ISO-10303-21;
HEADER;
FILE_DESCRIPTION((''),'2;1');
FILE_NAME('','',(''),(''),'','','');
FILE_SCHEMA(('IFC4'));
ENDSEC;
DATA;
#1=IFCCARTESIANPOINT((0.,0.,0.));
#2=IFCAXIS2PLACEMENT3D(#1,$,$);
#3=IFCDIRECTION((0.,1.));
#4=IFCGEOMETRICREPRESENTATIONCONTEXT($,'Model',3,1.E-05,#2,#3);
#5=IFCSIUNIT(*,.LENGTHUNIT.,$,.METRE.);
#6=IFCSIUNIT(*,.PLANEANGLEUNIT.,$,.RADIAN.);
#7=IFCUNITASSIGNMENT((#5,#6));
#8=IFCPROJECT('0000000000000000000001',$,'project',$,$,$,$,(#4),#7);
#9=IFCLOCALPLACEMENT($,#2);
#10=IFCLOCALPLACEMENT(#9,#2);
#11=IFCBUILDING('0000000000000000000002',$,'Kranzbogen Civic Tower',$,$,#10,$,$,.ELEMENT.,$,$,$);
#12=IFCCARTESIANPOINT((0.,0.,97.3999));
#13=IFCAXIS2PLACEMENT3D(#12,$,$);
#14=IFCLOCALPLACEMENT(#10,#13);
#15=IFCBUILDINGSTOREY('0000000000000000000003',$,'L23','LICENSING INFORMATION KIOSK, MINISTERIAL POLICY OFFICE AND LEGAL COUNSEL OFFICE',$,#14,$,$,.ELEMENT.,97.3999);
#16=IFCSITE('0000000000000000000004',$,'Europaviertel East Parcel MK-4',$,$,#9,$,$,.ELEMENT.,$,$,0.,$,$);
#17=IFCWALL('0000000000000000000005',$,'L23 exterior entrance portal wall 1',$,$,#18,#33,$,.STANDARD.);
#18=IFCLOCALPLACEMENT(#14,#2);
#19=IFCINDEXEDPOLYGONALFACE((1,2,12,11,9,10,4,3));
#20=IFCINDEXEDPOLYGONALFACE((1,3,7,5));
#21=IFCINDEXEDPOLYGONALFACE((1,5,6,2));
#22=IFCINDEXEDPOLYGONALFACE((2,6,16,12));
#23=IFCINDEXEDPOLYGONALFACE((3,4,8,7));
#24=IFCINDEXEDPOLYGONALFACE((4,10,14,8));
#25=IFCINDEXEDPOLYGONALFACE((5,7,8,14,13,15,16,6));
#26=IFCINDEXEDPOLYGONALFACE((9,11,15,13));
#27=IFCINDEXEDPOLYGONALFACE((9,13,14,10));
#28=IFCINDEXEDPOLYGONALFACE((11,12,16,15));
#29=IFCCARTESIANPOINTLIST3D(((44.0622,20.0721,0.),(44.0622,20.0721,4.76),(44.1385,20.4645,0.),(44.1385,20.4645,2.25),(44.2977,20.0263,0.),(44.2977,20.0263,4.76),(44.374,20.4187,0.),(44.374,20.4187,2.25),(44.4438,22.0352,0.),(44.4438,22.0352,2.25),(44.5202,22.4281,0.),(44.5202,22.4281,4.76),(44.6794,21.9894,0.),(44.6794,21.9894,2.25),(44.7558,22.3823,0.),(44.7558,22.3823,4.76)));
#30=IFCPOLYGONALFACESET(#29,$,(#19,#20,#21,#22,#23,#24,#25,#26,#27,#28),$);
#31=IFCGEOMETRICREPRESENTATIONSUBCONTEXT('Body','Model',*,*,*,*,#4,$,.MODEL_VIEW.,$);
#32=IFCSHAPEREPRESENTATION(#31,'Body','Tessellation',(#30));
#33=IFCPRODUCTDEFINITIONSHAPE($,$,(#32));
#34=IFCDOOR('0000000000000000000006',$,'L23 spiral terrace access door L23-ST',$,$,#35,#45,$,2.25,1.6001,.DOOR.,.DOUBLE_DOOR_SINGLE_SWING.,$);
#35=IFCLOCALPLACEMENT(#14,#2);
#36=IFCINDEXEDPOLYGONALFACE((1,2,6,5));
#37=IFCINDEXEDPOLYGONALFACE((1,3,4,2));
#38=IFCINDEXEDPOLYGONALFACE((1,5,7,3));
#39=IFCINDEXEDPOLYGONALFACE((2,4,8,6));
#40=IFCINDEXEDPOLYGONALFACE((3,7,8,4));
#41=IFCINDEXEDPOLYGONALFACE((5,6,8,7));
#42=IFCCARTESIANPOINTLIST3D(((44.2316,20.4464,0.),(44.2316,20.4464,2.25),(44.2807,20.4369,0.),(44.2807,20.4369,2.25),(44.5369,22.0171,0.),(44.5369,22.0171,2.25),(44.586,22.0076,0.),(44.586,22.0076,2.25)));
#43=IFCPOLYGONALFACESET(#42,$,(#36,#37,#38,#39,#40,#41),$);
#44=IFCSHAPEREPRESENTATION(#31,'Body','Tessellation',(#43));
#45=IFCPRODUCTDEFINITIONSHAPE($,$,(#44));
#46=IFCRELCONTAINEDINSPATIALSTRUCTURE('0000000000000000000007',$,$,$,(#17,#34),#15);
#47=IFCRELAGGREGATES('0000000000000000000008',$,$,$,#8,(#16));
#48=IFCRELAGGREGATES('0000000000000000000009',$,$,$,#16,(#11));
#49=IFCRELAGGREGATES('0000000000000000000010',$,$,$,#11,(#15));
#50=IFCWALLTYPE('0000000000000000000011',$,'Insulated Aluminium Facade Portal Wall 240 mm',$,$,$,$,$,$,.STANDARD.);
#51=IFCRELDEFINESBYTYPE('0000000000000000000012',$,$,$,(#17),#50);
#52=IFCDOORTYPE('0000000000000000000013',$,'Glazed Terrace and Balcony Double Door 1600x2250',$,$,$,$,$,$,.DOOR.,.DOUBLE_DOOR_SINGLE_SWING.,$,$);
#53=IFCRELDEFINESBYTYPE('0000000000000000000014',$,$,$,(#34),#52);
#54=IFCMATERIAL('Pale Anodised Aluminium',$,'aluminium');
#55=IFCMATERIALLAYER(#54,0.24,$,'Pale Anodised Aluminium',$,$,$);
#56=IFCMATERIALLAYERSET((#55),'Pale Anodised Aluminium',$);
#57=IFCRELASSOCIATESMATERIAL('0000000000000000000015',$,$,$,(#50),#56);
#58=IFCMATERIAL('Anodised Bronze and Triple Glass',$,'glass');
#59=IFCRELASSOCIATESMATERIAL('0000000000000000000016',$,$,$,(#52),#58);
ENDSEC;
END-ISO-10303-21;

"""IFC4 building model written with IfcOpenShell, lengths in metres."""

from ifc_helpers import new_model, si_unit, direction, frame, frame_2d, origin, place, context, subcontext, project, spatial, rectangle, extrude, material, layer, layer_set, type_object, element, fill, save


model = new_model("IFC4")

# Units and contexts
model_context = context("Model", 3, precision=1e-05, world=origin(), true_north=direction((0.0, 1.0)))
body_context = subcontext(model_context, "Body", "Model", "MODEL_VIEW")
ifc_project = project(units=[si_unit("LENGTHUNIT", "METRE"), si_unit("PLANEANGLEUNIT", "RADIAN")], contexts=[model_context])

# Site, building, storey
site_placement = place(None, origin())
site = spatial("IfcSite", under=ifc_project, at=site_placement, Name="Europaviertel East Parcel MK-4", CompositionType="ELEMENT", RefElevation=0.0)
building_placement = place(site_placement, origin())
building = spatial("IfcBuilding", under=site, at=building_placement, Name="Kranzbogen Civic Tower", CompositionType="ELEMENT")
storey_placement = place(building_placement, frame((0.0, 0.0, 97.3999)))
storey = spatial("IfcBuildingStorey", under=building, at=storey_placement, Name="L23", Description="LICENSING INFORMATION KIOSK, MINISTERIAL POLICY OFFICE AND LEGAL COUNSEL OFFICE", CompositionType="ELEMENT", Elevation=97.3999)

# Shared definitions
ifc_material_1 = material(Name="Pale Anodised Aluminium", Category="aluminium")

# Wall, opening, door
ifc_layer_1 = layer(ifc_material_1, 0.24, Name="Pale Anodised Aluminium")
ifc_layer_set_1 = layer_set([ifc_layer_1], Name="Pale Anodised Aluminium")
wall_type_1 = type_object("IfcWallType", Name="Insulated Aluminium Facade Portal Wall 240 mm", PredefinedType="STANDARD", material=ifc_layer_set_1)
wall_1_placement = place(storey_placement, frame((44.1799, 20.0491, 0.0), z_axis=(0.0, 0.0, 1.0), x_axis=(0.190832, 0.981623, 0.0)))
wall_1 = element("IfcWall", 1, at=wall_1_placement, inside=storey, type_object=wall_type_1, Name="L23 exterior entrance portal wall 1", PredefinedType="STANDARD", context=body_context, shape_type="SweptSolid", body=[
    extrude(rectangle(XDim=2.4001, YDim=0.24, at=frame_2d((1.2002, 0.0))), origin(), (0.0, 0.0, 1.0), 4.76),
])
opening_placement = place(wall_1_placement, frame((0.3999, 0.0, 0.0)))
opening = element("IfcOpeningElement", 2, at=opening_placement, cuts=wall_1, PredefinedType="OPENING", context=body_context, shape_type="SweptSolid", body=[
    extrude(rectangle(XDim=1.6001, YDim=2.25, at=frame_2d((0.8, 1.125))), frame((0.0, 0.1299, 0.0), z_axis=(0.0, -1.0, 0.0), x_axis=(1.0, 0.0, 0.0)), (0.0, 0.0, 1.0), 0.26),
])
ifc_material_2 = material(Name="Anodised Bronze and Triple Glass", Category="glass")
door_type = type_object("IfcDoorType", Name="Glazed Terrace and Balcony Double Door 1600x2250", OperationType="DOUBLE_DOOR_SINGLE_SWING", PredefinedType="DOOR", material=ifc_material_2)
door_placement = place(opening_placement, frame((1.6001, 0.0, 0.0), z_axis=(0.0, 0.0, 1.0), x_axis=(-1.0, 0.0, 0.0)))
door = element("IfcDoor", 3, at=door_placement, inside=storey, type_object=door_type, Name="L23 spiral terrace access door L23-ST", OperationType="DOUBLE_DOOR_SINGLE_SWING", OverallHeight=2.25, OverallWidth=1.6001, PredefinedType="DOOR", context=body_context, shape_type="SweptSolid", body=[
    extrude(rectangle(XDim=1.6001, YDim=2.25, at=frame_2d((0.8, 1.125))), frame((0.0, 0.0249, 0.0), z_axis=(0.0, -1.0, 0.0), x_axis=(1.0, 0.0, 0.0)), (0.0, 0.0, 1.0), 0.05),
])
fill(opening, door)

save(model, "model.ifc")
